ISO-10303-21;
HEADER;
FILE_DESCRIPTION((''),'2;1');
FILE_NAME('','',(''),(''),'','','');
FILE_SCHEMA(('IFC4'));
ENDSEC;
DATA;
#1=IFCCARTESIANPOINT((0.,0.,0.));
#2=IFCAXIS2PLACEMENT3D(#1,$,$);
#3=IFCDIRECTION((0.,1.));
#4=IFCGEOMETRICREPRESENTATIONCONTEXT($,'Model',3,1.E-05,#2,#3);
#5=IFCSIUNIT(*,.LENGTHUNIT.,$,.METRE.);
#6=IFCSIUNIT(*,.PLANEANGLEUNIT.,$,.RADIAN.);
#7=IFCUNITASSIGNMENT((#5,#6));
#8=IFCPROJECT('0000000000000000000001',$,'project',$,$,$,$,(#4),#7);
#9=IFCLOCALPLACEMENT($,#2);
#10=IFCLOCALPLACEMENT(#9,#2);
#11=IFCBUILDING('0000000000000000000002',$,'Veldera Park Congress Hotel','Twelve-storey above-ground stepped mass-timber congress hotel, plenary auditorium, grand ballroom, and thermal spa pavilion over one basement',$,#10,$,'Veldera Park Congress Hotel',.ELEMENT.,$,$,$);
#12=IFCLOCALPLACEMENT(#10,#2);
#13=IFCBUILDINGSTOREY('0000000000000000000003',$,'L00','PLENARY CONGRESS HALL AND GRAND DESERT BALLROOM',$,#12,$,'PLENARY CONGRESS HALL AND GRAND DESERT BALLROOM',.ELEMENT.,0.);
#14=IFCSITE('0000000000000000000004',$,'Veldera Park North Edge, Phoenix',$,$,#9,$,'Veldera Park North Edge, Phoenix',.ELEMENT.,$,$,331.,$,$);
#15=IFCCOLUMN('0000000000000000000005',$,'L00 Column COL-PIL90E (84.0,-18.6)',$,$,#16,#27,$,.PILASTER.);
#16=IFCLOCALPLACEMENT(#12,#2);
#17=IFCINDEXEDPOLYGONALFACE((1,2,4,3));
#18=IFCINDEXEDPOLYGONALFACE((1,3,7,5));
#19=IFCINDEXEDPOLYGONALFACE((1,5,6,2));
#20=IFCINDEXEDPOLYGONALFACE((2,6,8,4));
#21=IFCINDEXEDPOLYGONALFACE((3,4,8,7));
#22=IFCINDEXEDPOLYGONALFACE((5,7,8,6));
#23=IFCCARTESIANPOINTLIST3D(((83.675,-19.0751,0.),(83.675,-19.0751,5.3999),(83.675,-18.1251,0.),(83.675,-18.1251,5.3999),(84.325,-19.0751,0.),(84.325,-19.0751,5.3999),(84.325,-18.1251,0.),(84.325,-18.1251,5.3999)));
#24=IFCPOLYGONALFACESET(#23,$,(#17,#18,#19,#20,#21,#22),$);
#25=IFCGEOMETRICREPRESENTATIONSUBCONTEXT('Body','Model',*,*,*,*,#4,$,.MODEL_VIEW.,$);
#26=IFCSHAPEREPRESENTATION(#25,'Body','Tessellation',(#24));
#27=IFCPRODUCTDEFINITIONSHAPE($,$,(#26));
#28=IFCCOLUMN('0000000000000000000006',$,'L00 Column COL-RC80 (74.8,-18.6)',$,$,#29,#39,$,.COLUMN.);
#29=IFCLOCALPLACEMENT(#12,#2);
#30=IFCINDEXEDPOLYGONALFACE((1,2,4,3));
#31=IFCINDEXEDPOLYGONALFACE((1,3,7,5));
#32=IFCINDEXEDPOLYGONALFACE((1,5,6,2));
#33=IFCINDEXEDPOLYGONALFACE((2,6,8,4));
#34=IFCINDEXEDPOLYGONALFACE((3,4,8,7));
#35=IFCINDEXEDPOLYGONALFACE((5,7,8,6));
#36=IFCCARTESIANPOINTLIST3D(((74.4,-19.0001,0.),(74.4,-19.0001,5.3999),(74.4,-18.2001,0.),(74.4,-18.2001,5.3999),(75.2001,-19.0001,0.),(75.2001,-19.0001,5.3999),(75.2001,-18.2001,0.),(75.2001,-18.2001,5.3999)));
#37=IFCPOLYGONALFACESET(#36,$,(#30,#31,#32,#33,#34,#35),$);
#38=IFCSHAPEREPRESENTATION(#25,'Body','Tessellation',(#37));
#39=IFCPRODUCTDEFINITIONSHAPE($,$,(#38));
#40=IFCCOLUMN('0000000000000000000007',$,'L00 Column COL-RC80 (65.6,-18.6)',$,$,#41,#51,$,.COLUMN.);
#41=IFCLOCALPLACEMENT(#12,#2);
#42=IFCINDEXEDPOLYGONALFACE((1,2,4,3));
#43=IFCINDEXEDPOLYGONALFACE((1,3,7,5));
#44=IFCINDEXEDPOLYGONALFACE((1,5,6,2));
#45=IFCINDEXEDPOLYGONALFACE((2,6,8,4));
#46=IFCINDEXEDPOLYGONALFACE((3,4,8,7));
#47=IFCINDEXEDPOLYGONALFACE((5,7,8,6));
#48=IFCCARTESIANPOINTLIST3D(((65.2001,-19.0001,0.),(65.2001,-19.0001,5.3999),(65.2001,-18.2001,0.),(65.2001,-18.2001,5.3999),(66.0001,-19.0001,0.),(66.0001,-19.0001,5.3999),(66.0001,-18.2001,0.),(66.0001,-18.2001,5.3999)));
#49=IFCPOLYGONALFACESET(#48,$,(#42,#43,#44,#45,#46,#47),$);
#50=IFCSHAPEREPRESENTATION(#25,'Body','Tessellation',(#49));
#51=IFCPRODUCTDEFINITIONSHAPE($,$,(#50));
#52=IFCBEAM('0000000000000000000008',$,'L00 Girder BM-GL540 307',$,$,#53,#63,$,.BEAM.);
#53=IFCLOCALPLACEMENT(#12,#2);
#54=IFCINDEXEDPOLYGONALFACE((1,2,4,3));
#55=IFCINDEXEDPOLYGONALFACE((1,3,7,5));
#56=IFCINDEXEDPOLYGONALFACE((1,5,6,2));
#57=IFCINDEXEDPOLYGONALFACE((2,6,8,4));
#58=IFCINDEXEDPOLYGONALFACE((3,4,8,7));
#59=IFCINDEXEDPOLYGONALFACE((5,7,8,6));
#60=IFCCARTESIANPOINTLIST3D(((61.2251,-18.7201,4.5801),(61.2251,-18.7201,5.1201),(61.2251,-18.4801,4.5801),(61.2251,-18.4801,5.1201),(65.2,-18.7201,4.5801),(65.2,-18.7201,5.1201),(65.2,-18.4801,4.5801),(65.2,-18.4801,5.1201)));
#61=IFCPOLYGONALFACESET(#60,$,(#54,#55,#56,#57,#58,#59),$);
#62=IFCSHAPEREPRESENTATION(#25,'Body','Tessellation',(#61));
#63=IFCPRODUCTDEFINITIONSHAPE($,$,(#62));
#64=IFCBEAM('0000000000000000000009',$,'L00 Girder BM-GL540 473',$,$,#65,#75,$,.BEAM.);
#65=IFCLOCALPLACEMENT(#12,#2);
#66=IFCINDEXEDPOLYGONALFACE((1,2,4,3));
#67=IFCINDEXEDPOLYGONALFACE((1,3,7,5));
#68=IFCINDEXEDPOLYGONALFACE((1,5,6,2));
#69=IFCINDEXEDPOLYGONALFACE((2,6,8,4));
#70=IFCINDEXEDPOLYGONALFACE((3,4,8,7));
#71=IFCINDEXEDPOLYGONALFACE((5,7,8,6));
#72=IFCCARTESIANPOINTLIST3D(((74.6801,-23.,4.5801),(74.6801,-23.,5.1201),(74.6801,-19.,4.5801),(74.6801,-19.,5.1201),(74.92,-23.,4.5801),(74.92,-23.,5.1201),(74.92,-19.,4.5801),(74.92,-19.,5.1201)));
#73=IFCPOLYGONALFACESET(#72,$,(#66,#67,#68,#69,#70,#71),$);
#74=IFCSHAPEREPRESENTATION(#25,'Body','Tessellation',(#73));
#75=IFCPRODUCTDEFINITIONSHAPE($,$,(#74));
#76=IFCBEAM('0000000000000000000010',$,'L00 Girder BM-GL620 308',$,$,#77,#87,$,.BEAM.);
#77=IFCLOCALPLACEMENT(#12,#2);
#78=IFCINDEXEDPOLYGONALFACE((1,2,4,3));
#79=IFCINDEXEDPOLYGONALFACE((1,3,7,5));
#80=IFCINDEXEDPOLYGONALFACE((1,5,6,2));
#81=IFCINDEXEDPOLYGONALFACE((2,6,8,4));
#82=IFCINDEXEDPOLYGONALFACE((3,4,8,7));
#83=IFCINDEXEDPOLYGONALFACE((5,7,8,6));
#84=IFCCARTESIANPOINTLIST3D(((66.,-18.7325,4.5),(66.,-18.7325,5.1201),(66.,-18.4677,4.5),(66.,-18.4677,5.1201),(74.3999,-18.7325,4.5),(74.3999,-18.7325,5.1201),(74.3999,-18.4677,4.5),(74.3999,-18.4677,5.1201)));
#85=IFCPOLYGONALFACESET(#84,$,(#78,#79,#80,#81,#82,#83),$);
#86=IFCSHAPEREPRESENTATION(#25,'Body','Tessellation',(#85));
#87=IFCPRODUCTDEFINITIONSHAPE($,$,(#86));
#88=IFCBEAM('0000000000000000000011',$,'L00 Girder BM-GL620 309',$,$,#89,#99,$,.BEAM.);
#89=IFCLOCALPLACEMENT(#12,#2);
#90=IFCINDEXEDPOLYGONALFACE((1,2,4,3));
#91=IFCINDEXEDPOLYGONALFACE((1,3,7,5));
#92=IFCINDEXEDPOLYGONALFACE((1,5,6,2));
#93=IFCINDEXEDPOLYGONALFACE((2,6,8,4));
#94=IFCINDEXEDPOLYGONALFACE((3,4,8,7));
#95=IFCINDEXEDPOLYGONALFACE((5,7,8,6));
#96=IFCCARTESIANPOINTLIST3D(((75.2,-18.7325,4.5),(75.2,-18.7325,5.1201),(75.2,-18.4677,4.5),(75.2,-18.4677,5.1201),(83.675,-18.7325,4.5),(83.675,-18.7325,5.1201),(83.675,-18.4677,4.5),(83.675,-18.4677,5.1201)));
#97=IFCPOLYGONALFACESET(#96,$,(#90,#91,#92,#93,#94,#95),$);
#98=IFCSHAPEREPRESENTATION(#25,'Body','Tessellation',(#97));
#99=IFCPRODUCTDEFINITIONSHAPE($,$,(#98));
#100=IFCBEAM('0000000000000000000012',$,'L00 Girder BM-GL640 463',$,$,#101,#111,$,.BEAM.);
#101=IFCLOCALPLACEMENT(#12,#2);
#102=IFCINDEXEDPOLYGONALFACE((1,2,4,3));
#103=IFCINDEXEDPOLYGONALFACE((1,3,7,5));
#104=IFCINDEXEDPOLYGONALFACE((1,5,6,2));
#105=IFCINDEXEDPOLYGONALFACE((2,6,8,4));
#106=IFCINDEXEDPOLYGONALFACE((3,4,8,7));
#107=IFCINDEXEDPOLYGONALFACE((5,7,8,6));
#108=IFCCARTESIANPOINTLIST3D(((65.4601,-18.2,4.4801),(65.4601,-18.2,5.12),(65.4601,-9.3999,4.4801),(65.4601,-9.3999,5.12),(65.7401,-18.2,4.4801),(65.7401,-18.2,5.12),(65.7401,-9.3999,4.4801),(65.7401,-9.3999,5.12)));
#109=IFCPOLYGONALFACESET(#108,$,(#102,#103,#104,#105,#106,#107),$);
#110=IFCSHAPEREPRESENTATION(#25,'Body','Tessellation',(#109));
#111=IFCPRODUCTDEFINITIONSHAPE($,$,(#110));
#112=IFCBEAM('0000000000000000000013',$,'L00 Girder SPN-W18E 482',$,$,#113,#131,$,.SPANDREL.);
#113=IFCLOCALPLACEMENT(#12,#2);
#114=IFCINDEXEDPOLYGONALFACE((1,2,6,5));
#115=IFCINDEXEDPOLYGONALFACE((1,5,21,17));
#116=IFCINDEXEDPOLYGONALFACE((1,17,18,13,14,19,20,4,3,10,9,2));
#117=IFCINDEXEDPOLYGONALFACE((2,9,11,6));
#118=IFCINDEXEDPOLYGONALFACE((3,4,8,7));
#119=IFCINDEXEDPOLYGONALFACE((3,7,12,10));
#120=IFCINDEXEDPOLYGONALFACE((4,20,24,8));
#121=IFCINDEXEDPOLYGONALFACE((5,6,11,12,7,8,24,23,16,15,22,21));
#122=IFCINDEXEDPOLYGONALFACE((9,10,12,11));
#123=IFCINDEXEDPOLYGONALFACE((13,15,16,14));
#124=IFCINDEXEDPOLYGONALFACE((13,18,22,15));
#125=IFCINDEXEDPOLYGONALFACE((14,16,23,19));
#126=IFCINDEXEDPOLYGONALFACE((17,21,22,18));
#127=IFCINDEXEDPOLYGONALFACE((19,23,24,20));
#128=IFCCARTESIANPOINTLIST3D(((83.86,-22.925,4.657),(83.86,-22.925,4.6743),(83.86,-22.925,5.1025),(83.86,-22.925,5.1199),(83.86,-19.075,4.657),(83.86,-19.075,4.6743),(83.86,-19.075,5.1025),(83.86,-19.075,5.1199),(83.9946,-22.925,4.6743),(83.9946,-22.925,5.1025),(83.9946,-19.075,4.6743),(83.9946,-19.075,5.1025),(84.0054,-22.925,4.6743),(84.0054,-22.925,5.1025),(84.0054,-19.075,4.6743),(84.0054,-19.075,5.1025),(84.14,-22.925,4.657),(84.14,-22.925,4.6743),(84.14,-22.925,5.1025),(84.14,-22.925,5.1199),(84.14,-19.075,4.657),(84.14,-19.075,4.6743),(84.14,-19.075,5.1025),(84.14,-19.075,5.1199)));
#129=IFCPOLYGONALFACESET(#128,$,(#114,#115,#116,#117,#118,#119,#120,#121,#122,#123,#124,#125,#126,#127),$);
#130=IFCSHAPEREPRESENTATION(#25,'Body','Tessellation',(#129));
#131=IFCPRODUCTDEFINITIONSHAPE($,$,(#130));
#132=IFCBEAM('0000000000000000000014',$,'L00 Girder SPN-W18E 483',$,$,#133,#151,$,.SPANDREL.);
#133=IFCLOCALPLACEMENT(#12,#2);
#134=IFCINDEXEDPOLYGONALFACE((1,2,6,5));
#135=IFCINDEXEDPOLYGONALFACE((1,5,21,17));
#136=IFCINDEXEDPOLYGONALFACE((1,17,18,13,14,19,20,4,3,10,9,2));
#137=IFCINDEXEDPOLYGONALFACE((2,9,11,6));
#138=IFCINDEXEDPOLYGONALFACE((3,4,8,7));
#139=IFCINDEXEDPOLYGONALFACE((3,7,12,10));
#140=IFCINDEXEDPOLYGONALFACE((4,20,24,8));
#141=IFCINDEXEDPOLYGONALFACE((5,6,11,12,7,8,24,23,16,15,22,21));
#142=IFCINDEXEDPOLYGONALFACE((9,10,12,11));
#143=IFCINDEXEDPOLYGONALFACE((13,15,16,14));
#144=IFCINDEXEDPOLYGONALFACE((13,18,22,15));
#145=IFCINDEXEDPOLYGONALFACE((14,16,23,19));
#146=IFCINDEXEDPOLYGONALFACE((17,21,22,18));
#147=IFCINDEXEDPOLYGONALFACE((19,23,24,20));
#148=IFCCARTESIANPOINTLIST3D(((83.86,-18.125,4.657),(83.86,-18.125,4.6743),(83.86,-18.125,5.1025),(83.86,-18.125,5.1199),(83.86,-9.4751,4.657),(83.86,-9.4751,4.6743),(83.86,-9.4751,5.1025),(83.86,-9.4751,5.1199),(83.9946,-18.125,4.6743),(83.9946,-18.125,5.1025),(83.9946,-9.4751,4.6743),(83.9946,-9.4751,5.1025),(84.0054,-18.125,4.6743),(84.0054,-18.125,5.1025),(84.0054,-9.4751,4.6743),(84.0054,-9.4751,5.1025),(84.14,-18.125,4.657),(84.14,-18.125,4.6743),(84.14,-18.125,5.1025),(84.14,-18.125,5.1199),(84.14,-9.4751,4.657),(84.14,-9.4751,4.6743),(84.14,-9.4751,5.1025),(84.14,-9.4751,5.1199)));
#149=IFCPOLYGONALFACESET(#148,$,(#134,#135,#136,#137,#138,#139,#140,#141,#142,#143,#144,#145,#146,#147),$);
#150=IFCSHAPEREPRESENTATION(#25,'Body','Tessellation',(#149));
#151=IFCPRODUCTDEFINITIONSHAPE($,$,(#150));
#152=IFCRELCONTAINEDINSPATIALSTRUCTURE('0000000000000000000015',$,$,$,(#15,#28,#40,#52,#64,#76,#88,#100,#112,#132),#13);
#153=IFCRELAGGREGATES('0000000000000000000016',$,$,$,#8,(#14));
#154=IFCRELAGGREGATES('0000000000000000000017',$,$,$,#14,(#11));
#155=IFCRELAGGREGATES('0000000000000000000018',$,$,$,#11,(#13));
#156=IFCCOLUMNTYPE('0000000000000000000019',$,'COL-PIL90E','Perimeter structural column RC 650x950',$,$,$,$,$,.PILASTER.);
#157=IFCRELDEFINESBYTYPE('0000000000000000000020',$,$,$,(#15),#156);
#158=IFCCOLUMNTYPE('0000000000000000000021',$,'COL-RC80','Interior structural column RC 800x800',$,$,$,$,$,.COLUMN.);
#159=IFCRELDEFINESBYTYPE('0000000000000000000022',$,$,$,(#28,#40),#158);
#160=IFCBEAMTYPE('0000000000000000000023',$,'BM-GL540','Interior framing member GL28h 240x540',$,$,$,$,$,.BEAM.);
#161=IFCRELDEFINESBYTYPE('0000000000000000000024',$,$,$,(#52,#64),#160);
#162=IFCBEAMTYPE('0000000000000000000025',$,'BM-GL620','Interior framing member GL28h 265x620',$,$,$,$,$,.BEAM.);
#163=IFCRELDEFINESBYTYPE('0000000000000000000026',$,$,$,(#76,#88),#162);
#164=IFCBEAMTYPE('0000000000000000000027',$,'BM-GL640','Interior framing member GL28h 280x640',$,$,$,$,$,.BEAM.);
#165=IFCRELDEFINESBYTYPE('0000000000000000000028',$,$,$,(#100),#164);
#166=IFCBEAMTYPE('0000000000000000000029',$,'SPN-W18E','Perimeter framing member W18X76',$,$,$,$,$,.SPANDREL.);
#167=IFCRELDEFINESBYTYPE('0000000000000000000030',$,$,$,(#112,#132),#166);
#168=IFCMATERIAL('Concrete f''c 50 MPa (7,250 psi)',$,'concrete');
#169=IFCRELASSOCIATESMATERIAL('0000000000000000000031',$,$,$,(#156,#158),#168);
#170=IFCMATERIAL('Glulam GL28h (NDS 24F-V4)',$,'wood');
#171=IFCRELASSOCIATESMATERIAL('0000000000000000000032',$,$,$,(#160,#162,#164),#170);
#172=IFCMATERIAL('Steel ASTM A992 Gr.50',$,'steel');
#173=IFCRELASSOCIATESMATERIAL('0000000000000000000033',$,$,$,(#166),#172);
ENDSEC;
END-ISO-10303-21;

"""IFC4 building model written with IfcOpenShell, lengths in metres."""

from ifc_helpers import new_model, si_unit, direction, frame, origin, origin_2d, place, context, subcontext, project, spatial, rectangle, i_section, extrude, material, material_profile, profile_set, type_object, element, save


model = new_model("IFC4")

# Units and contexts
model_context = context("Model", 3, precision=1e-05, world=origin(), true_north=direction((0.0, 1.0)))
body_context = subcontext(model_context, "Body", "Model", "MODEL_VIEW")
ifc_project = project(units=[si_unit("LENGTHUNIT", "METRE"), si_unit("PLANEANGLEUNIT", "RADIAN")], contexts=[model_context])

# Site, building, storey
site_placement = place(None, origin())
site = spatial("IfcSite", under=ifc_project, at=site_placement, Name="Veldera Park North Edge, Phoenix", LongName="Veldera Park North Edge, Phoenix", CompositionType="ELEMENT", RefElevation=331.0)
building_placement = place(site_placement, origin())
building = spatial("IfcBuilding", under=site, at=building_placement, Name="Veldera Park Congress Hotel", Description="Twelve-storey above-ground stepped mass-timber congress hotel, plenary auditorium, grand ballroom, and thermal spa pavilion over one basement", LongName="Veldera Park Congress Hotel", CompositionType="ELEMENT")
storey_placement = place(building_placement, origin())
storey = spatial("IfcBuildingStorey", under=building, at=storey_placement, Name="L00", Description="PLENARY CONGRESS HALL AND GRAND DESERT BALLROOM", LongName="PLENARY CONGRESS HALL AND GRAND DESERT BALLROOM", CompositionType="ELEMENT", Elevation=0.0)

# Columns
ifc_material_1 = material(Name="Concrete f'c 50 MPa (7,250 psi)", Category="concrete")
ifc_material_profile_1 = material_profile(ifc_material_1, rectangle(XDim=0.6499, YDim=0.95, at=origin_2d()), Name="RC 650x950")
ifc_profile_set_1 = profile_set([ifc_material_profile_1], Name="Concrete f'c 50 MPa (7,250 psi)")
column_type_1 = type_object("IfcColumnType", Name="COL-PIL90E", Description="Perimeter structural column RC 650x950", PredefinedType="PILASTER", material=ifc_profile_set_1)
column_placement = place(storey_placement, frame((84.0, -18.6001, 0.0), z_axis=(0.0, 0.0, 1.0), x_axis=(1.0, 0.0, 0.0)))
element("IfcColumn", 1, at=column_placement, inside=storey, type_object=column_type_1, Name="L00 Column COL-PIL90E (84.0,-18.6)", PredefinedType="PILASTER", context=body_context, shape_type="SweptSolid", body=[
    extrude(rectangle(XDim=0.6499, YDim=0.95, at=origin_2d()), origin(), (0.0, 0.0, 1.0), 5.3999),
])
ifc_material_profile_2 = material_profile(ifc_material_1, rectangle(XDim=0.8, YDim=0.8, at=origin_2d()), Name="RC 800x800")
ifc_profile_set_2 = profile_set([ifc_material_profile_2], Name="Concrete f'c 50 MPa (7,250 psi)")
column_type_2 = type_object("IfcColumnType", Name="COL-RC80", Description="Interior structural column RC 800x800", PredefinedType="COLUMN", material=ifc_profile_set_2)
for number, where, z_axis, x_axis, name in (
    (2, (74.8, -18.6001, 0.0), (0.0, 0.0, 1.0), (1.0, 0.0, 0.0), "L00 Column COL-RC80 (74.8,-18.6)"),
    (3, (65.6001, -18.6001, 0.0), (0.0, 0.0, 1.0), (1.0, 0.0, 0.0), "L00 Column COL-RC80 (65.6,-18.6)"),
):
    element("IfcColumn", number, at=place(storey_placement, frame(where, z_axis=z_axis, x_axis=x_axis)), inside=storey, type_object=column_type_2, Name=name, PredefinedType="COLUMN", context=body_context, shape_type="SweptSolid", body=[
        extrude(rectangle(XDim=0.8, YDim=0.8, at=origin_2d()), origin(), (0.0, 0.0, 1.0), 5.3999),
    ])

# Beams
ifc_material_2 = material(Name="Glulam GL28h (NDS 24F-V4)", Category="wood")
ifc_material_profile_3 = material_profile(ifc_material_2, rectangle(XDim=0.24, YDim=0.54, at=origin_2d()), Name="GL28h 240x540")
ifc_profile_set_3 = profile_set([ifc_material_profile_3], Name="Glulam GL28h (NDS 24F-V4)")
beam_type_1 = type_object("IfcBeamType", Name="BM-GL540", Description="Interior framing member GL28h 240x540", PredefinedType="BEAM", material=ifc_profile_set_3)
beam_1_placement = place(storey_placement, frame((61.2251, -18.6001, 4.8501), z_axis=(1.0, 0.0, 0.0), x_axis=(0.0, 1.0, 0.0)))
element("IfcBeam", 4, at=beam_1_placement, inside=storey, type_object=beam_type_1, Name="L00 Girder BM-GL540 307", PredefinedType="BEAM", context=body_context, shape_type="SweptSolid", body=[
    extrude(rectangle(XDim=0.24, YDim=0.54, at=origin_2d()), origin(), (0.0, 0.0, 1.0), 3.9749),
])
beam_2_placement = place(storey_placement, frame((74.8, -23.0, 4.8501), z_axis=(0.0, 1.0, 0.0), x_axis=(-1.0, 0.0, 0.0)))
element("IfcBeam", 5, at=beam_2_placement, inside=storey, type_object=beam_type_1, Name="L00 Girder BM-GL540 473", PredefinedType="BEAM", context=body_context, shape_type="SweptSolid", body=[
    extrude(rectangle(XDim=0.24, YDim=0.54, at=origin_2d()), origin(), (0.0, 0.0, 1.0), 4.0),
])
ifc_material_profile_4 = material_profile(ifc_material_2, rectangle(XDim=0.2649, YDim=0.6201, at=origin_2d()), Name="GL28h 265x620")
ifc_profile_set_4 = profile_set([ifc_material_profile_4], Name="Glulam GL28h (NDS 24F-V4)")
beam_type_2 = type_object("IfcBeamType", Name="BM-GL620", Description="Interior framing member GL28h 265x620", PredefinedType="BEAM", material=ifc_profile_set_4)
beam_3_placement = place(storey_placement, frame((66.0, -18.6001, 4.8101), z_axis=(1.0, 0.0, 0.0), x_axis=(0.0, 1.0, 0.0)))
element("IfcBeam", 6, at=beam_3_placement, inside=storey, type_object=beam_type_2, Name="L00 Girder BM-GL620 308", PredefinedType="BEAM", context=body_context, shape_type="SweptSolid", body=[
    extrude(rectangle(XDim=0.2649, YDim=0.6201, at=origin_2d()), origin(), (0.0, 0.0, 1.0), 8.3999),
])
beam_4_placement = place(storey_placement, frame((75.2, -18.6001, 4.8101), z_axis=(1.0, 0.0, 0.0), x_axis=(0.0, 1.0, 0.0)))
element("IfcBeam", 7, at=beam_4_placement, inside=storey, type_object=beam_type_2, Name="L00 Girder BM-GL620 309", PredefinedType="BEAM", context=body_context, shape_type="SweptSolid", body=[
    extrude(rectangle(XDim=0.2649, YDim=0.6201, at=origin_2d()), origin(), (0.0, 0.0, 1.0), 8.4751),
])
ifc_material_profile_5 = material_profile(ifc_material_2, rectangle(XDim=0.28, YDim=0.6399, at=origin_2d()), Name="GL28h 280x640")
ifc_profile_set_5 = profile_set([ifc_material_profile_5], Name="Glulam GL28h (NDS 24F-V4)")
beam_type_3 = type_object("IfcBeamType", Name="BM-GL640", Description="Interior framing member GL28h 280x640", PredefinedType="BEAM", material=ifc_profile_set_5)
beam_5_placement = place(storey_placement, frame((65.6001, -18.2, 4.8), z_axis=(0.0, 1.0, 0.0), x_axis=(-1.0, 0.0, 0.0)))
element("IfcBeam", 8, at=beam_5_placement, inside=storey, type_object=beam_type_3, Name="L00 Girder BM-GL640 463", PredefinedType="BEAM", context=body_context, shape_type="SweptSolid", body=[
    extrude(rectangle(XDim=0.28, YDim=0.6399, at=origin_2d()), origin(), (0.0, 0.0, 1.0), 8.8),
])
ifc_material_3 = material(Name="Steel ASTM A992 Gr.50", Category="steel")
ifc_material_profile_6 = material_profile(ifc_material_3, i_section(OverallWidth=0.28, OverallDepth=0.4629, WebThickness=0.0107, FlangeThickness=0.0173, at=origin_2d()), Name="W18X76")
ifc_profile_set_6 = profile_set([ifc_material_profile_6], Name="Steel ASTM A992 Gr.50")
beam_type_4 = type_object("IfcBeamType", Name="SPN-W18E", Description="Perimeter framing member W18X76", PredefinedType="SPANDREL", material=ifc_profile_set_6)
beam_6_placement = place(storey_placement, frame((84.0, -22.925, 4.8884), z_axis=(0.0, 1.0, 0.0), x_axis=(-1.0, 0.0, 0.0)))
element("IfcBeam", 9, at=beam_6_placement, inside=storey, type_object=beam_type_4, Name="L00 Girder SPN-W18E 482", PredefinedType="SPANDREL", context=body_context, shape_type="SweptSolid", body=[
    extrude(i_section(OverallWidth=0.28, OverallDepth=0.4629, WebThickness=0.0107, FlangeThickness=0.0173, at=origin_2d()), origin(), (0.0, 0.0, 1.0), 3.8501),
])
beam_7_placement = place(storey_placement, frame((84.0, -18.125, 4.8884), z_axis=(0.0, 1.0, 0.0), x_axis=(-1.0, 0.0, 0.0)))
element("IfcBeam", 10, at=beam_7_placement, inside=storey, type_object=beam_type_4, Name="L00 Girder SPN-W18E 483", PredefinedType="SPANDREL", context=body_context, shape_type="SweptSolid", body=[
    extrude(i_section(OverallWidth=0.28, OverallDepth=0.4629, WebThickness=0.0107, FlangeThickness=0.0173, at=origin_2d()), origin(), (0.0, 0.0, 1.0), 8.6499),
])

save(model, "model.ifc")
